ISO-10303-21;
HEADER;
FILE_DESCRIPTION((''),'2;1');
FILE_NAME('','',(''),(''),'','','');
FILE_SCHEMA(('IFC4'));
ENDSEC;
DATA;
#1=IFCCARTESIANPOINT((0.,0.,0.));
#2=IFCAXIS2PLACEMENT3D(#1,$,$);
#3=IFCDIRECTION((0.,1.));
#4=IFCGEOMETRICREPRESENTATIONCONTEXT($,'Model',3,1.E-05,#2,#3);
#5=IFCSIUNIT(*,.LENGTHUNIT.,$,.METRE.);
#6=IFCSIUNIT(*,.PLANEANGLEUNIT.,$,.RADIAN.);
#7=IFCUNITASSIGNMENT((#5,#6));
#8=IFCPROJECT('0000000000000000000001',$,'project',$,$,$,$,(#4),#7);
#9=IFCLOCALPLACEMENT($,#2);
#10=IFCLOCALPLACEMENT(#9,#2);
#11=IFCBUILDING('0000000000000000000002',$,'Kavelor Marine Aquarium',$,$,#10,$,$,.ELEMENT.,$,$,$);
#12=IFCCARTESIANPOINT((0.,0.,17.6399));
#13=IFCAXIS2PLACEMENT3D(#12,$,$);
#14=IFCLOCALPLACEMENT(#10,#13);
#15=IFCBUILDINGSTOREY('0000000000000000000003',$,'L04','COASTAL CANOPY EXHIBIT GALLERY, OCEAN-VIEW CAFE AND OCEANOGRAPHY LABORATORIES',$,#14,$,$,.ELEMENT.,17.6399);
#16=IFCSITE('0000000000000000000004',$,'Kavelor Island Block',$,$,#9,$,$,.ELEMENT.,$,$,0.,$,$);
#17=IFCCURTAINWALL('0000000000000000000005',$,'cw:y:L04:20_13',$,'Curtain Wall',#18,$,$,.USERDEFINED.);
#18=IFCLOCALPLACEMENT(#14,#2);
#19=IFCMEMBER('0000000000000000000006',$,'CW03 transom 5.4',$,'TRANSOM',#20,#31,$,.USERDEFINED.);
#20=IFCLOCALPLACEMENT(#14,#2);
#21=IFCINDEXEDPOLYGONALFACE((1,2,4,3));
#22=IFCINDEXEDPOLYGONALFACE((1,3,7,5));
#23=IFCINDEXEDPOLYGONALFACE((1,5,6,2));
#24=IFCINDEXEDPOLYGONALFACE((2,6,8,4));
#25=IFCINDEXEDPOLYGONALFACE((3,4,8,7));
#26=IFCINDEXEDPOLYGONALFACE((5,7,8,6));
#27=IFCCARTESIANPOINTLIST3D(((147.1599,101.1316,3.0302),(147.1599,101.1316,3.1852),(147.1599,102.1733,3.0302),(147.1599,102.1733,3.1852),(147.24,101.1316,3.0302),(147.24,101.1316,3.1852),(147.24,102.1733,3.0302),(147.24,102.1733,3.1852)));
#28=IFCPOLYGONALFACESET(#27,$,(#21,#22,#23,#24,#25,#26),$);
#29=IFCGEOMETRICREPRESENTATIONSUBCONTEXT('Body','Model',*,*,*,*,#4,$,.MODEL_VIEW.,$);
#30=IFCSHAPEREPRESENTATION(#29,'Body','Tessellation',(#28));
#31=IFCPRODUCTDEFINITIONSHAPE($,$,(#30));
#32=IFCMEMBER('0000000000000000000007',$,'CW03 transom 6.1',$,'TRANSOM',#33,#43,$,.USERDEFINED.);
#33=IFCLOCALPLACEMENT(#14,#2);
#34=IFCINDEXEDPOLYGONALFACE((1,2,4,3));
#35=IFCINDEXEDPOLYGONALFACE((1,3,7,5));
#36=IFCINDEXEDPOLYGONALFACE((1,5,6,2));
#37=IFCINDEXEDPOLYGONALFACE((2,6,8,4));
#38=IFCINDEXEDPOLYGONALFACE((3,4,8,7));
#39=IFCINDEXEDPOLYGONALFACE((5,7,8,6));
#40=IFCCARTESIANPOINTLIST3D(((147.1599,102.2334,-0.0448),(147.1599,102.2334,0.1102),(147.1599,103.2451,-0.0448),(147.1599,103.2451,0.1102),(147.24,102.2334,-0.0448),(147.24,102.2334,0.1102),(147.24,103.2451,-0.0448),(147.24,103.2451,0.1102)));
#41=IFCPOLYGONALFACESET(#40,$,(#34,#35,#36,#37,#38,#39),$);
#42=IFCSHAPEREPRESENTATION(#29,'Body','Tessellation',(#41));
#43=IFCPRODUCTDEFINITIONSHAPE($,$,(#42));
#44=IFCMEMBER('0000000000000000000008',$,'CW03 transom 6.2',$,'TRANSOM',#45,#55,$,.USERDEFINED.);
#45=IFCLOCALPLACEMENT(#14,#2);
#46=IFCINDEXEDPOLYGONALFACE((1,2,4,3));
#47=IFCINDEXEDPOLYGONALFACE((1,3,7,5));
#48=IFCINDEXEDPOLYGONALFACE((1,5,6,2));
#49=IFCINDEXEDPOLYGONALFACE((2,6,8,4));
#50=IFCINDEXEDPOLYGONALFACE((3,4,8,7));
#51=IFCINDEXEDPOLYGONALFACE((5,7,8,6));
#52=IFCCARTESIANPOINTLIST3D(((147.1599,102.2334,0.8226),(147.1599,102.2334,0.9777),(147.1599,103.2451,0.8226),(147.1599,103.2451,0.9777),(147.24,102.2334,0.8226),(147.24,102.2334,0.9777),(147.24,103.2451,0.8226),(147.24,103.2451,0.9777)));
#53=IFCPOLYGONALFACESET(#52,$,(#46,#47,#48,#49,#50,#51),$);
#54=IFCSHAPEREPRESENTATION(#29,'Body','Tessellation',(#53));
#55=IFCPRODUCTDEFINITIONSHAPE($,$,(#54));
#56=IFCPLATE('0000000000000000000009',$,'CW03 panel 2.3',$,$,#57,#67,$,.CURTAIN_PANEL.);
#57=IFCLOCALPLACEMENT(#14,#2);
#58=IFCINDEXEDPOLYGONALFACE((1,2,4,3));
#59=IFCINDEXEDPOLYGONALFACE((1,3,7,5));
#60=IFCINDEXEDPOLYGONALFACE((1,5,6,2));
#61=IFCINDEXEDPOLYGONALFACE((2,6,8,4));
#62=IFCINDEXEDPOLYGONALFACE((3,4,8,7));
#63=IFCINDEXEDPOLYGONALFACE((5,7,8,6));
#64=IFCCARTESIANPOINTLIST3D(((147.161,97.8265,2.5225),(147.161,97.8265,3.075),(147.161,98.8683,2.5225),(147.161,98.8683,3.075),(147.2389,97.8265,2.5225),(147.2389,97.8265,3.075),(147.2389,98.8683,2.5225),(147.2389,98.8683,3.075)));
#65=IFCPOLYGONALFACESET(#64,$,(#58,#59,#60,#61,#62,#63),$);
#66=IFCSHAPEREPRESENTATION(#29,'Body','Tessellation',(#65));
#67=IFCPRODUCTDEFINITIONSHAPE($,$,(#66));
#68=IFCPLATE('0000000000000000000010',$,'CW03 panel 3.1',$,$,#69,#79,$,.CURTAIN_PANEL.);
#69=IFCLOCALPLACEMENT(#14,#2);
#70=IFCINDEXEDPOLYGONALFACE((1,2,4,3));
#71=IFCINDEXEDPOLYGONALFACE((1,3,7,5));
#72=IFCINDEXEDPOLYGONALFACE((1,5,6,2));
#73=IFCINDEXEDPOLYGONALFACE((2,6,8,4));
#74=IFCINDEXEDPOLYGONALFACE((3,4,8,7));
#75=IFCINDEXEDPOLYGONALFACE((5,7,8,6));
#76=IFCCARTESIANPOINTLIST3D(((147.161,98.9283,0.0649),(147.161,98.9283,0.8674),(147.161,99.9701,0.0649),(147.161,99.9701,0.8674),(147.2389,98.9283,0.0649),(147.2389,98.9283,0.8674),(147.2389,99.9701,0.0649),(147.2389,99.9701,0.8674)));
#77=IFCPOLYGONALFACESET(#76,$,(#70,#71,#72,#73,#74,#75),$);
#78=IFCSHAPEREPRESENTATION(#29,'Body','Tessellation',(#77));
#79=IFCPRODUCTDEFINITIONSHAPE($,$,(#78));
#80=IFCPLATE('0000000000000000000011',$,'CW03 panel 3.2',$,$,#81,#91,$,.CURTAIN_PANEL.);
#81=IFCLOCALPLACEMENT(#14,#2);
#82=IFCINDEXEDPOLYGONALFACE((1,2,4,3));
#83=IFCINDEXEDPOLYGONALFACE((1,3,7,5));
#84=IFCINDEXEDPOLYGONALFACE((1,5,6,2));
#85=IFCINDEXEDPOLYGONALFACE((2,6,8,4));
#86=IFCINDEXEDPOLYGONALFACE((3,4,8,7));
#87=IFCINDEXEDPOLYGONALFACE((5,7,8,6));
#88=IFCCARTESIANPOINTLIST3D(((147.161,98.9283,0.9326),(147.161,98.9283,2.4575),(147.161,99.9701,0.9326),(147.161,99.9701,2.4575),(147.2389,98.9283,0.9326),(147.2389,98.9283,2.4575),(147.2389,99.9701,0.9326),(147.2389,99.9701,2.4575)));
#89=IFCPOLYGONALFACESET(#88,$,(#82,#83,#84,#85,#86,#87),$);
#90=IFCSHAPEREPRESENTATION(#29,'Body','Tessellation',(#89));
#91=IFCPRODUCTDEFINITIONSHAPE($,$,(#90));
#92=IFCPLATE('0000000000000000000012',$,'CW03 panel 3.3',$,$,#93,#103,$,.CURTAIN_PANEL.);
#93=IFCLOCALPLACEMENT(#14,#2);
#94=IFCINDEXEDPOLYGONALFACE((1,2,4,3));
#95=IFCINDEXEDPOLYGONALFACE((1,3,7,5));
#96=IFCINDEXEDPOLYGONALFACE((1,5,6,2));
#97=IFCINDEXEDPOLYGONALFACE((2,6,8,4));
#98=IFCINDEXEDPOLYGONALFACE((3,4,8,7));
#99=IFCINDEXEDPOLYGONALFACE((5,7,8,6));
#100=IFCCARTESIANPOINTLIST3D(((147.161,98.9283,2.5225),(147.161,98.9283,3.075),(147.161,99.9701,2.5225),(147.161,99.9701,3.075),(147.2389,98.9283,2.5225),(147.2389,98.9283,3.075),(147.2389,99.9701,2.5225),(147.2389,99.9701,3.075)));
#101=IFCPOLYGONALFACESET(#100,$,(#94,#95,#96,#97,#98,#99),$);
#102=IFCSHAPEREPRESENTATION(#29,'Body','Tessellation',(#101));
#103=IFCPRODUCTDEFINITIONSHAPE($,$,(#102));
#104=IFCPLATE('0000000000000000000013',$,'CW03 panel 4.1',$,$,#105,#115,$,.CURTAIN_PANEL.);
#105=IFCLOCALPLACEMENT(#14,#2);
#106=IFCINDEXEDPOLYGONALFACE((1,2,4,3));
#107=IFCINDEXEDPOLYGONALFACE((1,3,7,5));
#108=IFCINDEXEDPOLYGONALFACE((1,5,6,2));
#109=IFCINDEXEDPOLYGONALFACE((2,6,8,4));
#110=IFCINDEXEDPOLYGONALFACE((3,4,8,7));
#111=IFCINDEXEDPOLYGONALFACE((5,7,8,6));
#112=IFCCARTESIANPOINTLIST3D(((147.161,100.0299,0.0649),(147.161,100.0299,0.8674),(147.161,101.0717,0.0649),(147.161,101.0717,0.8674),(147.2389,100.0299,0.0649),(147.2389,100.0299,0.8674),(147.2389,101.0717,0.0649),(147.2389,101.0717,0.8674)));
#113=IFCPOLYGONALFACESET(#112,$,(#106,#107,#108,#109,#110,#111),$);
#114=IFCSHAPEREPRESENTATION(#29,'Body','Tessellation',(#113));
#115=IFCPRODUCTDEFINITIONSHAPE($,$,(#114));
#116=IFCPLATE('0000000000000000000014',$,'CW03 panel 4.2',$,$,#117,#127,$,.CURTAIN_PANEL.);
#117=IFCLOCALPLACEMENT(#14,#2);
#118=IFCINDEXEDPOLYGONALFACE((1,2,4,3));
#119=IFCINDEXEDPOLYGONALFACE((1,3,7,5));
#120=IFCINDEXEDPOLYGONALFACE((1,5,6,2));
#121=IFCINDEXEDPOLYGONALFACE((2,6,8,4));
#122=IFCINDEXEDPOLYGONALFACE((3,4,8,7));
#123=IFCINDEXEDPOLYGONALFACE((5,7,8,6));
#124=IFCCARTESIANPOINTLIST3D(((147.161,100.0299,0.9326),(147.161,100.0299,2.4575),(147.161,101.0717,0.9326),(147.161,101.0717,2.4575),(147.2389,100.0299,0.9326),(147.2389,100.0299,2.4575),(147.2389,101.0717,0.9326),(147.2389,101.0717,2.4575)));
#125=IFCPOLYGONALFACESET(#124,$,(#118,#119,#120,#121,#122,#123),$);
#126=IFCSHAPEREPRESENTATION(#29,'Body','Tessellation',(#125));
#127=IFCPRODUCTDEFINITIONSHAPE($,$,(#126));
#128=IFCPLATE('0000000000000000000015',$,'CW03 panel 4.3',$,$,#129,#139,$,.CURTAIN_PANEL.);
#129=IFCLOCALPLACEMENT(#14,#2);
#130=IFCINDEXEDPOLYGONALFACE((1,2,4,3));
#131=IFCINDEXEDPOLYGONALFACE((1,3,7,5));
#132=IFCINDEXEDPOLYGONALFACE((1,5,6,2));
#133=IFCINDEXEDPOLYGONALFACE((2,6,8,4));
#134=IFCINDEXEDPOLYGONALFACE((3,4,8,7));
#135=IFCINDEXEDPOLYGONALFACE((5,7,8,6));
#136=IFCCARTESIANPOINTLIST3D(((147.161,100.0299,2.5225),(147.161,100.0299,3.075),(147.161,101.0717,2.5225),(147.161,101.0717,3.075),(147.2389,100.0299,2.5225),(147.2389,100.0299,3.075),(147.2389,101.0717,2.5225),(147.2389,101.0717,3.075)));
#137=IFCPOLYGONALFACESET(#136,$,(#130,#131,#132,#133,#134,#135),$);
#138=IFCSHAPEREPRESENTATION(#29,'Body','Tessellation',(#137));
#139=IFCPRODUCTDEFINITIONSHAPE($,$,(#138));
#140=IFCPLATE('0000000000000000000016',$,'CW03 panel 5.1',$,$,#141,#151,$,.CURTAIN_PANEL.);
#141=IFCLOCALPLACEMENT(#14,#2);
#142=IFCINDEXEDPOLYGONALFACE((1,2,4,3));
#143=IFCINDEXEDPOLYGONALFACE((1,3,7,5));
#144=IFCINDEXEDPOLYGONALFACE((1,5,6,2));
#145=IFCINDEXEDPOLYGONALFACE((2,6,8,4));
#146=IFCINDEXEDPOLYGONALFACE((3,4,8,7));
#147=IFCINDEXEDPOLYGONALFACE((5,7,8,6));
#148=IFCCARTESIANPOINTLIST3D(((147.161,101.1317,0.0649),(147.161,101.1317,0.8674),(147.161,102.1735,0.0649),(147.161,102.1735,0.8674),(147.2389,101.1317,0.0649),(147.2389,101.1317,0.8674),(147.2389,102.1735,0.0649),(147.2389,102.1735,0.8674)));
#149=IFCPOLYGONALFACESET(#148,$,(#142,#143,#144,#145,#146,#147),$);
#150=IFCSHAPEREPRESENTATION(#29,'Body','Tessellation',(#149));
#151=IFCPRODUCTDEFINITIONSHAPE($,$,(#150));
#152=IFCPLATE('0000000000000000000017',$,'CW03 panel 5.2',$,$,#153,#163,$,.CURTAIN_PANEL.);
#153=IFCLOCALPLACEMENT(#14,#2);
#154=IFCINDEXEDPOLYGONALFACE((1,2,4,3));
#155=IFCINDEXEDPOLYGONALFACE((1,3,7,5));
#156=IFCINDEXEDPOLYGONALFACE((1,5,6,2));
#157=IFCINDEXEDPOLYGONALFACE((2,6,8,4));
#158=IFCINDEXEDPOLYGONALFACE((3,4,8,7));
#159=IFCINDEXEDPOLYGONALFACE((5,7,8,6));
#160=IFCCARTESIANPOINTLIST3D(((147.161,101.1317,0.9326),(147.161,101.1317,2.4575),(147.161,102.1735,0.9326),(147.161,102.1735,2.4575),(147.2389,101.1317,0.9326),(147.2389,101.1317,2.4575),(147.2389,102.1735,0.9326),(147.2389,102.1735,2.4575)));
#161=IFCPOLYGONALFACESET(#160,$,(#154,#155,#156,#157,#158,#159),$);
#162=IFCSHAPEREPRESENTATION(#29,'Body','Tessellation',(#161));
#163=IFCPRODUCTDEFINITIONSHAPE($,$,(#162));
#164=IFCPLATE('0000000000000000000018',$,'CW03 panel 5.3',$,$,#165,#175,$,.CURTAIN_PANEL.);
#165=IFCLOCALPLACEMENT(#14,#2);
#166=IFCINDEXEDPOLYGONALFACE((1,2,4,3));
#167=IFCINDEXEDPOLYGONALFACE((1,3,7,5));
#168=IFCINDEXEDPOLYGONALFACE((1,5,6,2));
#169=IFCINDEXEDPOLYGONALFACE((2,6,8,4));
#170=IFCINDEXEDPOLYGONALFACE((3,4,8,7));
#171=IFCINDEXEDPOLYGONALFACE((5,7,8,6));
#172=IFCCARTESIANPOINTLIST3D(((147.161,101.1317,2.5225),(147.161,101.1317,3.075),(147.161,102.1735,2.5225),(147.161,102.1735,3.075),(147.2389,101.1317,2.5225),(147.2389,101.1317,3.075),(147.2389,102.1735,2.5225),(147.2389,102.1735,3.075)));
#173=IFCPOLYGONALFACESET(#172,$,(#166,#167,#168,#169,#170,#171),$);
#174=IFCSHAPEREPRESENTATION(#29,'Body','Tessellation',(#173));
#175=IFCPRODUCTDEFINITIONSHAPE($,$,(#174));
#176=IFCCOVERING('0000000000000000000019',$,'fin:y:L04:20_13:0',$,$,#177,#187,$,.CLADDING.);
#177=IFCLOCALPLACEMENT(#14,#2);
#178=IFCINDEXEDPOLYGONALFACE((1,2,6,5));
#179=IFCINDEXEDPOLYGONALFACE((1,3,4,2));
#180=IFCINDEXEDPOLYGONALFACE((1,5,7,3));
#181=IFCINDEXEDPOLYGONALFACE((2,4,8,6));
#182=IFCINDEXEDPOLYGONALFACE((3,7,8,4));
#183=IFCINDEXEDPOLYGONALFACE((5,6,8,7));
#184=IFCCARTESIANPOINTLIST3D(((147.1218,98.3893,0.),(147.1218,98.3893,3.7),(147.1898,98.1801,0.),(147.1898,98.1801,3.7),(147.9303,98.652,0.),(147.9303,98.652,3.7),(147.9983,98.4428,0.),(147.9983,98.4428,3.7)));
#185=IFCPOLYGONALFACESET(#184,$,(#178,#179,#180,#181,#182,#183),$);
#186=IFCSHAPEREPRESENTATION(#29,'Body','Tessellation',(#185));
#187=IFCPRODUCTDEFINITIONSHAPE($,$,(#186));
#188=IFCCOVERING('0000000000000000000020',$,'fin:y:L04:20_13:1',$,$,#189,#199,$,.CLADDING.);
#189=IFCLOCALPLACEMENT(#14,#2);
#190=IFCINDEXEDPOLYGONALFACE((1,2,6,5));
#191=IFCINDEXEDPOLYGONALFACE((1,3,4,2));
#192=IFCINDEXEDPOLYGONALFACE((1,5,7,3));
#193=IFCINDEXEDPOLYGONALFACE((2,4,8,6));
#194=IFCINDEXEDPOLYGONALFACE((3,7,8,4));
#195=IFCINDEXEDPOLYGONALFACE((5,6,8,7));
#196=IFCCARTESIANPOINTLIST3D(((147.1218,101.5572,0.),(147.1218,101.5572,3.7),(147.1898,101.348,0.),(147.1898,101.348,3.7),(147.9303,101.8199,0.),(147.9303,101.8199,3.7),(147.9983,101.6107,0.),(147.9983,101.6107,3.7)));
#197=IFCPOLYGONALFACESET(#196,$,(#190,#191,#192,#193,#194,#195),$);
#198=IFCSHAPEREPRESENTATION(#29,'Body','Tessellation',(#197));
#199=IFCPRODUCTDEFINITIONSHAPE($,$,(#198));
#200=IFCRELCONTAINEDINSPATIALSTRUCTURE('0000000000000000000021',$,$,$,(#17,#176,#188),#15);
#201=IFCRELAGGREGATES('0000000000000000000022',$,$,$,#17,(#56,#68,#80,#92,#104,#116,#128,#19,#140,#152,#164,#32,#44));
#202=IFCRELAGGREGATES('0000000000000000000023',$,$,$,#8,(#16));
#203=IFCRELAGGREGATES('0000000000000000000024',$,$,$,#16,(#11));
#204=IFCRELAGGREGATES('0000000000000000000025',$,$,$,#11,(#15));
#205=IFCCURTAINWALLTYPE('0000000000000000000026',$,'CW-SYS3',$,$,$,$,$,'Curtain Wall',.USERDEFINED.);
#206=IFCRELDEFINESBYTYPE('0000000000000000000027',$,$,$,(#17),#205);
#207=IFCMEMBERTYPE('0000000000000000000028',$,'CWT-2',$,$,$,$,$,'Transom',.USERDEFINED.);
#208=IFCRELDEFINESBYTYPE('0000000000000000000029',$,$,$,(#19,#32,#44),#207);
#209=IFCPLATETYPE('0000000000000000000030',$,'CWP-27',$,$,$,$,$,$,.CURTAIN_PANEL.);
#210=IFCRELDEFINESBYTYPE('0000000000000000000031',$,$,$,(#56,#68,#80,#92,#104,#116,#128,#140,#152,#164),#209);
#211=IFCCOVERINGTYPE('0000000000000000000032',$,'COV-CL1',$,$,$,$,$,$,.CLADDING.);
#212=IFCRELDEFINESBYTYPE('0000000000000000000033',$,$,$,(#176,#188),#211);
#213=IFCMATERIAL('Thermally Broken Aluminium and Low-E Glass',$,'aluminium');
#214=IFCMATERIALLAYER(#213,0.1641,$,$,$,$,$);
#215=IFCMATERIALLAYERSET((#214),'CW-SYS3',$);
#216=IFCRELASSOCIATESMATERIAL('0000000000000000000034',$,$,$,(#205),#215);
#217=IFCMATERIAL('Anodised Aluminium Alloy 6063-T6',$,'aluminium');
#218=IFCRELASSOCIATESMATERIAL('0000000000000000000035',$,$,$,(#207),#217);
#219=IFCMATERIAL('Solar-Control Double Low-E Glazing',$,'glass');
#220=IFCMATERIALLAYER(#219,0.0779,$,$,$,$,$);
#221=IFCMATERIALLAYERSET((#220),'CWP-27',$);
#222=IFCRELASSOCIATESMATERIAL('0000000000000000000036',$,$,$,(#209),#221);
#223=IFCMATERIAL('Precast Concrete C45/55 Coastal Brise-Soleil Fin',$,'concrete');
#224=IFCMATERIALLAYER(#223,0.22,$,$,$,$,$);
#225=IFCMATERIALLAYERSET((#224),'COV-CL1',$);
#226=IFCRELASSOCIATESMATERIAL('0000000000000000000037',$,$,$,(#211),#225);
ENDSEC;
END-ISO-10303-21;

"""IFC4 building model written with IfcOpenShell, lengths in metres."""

from ifc_helpers import new_model, si_unit, direction, frame, origin, origin_2d, place, context, subcontext, project, spatial, rectangle, extrude, material, layer, layer_set, material_profile, profile_set, type_object, element, aggregate, save


model = new_model("IFC4")

# Units and contexts
model_context = context("Model", 3, precision=1e-05, world=origin(), true_north=direction((0.0, 1.0)))
body_context = subcontext(model_context, "Body", "Model", "MODEL_VIEW")
ifc_project = project(units=[si_unit("LENGTHUNIT", "METRE"), si_unit("PLANEANGLEUNIT", "RADIAN")], contexts=[model_context])

# Site, building, storey
site_placement = place(None, origin())
site = spatial("IfcSite", under=ifc_project, at=site_placement, Name="Kavelor Island Block", CompositionType="ELEMENT", RefElevation=0.0)
building_placement = place(site_placement, origin())
building = spatial("IfcBuilding", under=site, at=building_placement, Name="Kavelor Marine Aquarium", CompositionType="ELEMENT")
storey_placement = place(building_placement, frame((0.0, 0.0, 17.6399)))
storey = spatial("IfcBuildingStorey", under=building, at=storey_placement, Name="L04", Description="COASTAL CANOPY EXHIBIT GALLERY, OCEAN-VIEW CAFE AND OCEANOGRAPHY LABORATORIES", CompositionType="ELEMENT", Elevation=17.6399)

# Curtain wall, members, plates
ifc_material_1 = material(Name="Thermally Broken Aluminium and Low-E Glass", Category="aluminium")
ifc_layer_1 = layer(ifc_material_1, 0.1641)
ifc_layer_set_1 = layer_set([ifc_layer_1], Name="CW-SYS3")
curtain_wall_type = type_object("IfcCurtainWallType", Name="CW-SYS3", ElementType="Curtain Wall", PredefinedType="USERDEFINED", material=ifc_layer_set_1)
curtain_wall_placement = place(storey_placement, origin())
curtain_wall = element("IfcCurtainWall", 1, at=curtain_wall_placement, inside=storey, type_object=curtain_wall_type, Name="cw:y:L04:20_13", ObjectType="Curtain Wall", PredefinedType="USERDEFINED")
ifc_material_2 = material(Name="Anodised Aluminium Alloy 6063-T6", Category="aluminium")
ifc_material_profile_1 = material_profile(ifc_material_2, rectangle(XDim=0.0801, YDim=0.155, at=origin_2d()), Name="CW-TRN 80x155")
ifc_profile_set_1 = profile_set([ifc_material_profile_1], Name="Anodised Aluminium Alloy 6063-T6")
member_type_1 = type_object("IfcMemberType", Name="CWT-2", ElementType="Transom", PredefinedType="USERDEFINED", material=ifc_profile_set_1)
member_1_placement = place(storey_placement, frame((147.2, 101.1316, 3.1077), z_axis=(0.0, 1.0, 0.0), x_axis=(-1.0, 0.0, 0.0)))
member_1 = element("IfcMember", 2, at=member_1_placement, type_object=member_type_1, Name="CW03 transom 5.4", ObjectType="TRANSOM", PredefinedType="USERDEFINED", context=body_context, shape_type="SweptSolid", body=[
    extrude(rectangle(XDim=0.0801, YDim=0.155, at=origin_2d()), origin(), (0.0, 0.0, 1.0), 1.0417),
])
member_2_placement = place(storey_placement, frame((147.2, 102.2334, 0.0327), z_axis=(0.0, 1.0, 0.0), x_axis=(-1.0, 0.0, 0.0)))
member_2 = element("IfcMember", 3, at=member_2_placement, type_object=member_type_1, Name="CW03 transom 6.1", ObjectType="TRANSOM", PredefinedType="USERDEFINED", context=body_context, shape_type="SweptSolid", body=[
    extrude(rectangle(XDim=0.0801, YDim=0.155, at=origin_2d()), origin(), (0.0, 0.0, 1.0), 1.0117),
])
member_3_placement = place(storey_placement, frame((147.2, 102.2334, 0.9001), z_axis=(0.0, 1.0, 0.0), x_axis=(-1.0, 0.0, 0.0)))
member_3 = element("IfcMember", 4, at=member_3_placement, type_object=member_type_1, Name="CW03 transom 6.2", ObjectType="TRANSOM", PredefinedType="USERDEFINED", context=body_context, shape_type="SweptSolid", body=[
    extrude(rectangle(XDim=0.0801, YDim=0.155, at=origin_2d()), origin(), (0.0, 0.0, 1.0), 1.0117),
])
ifc_material_3 = material(Name="Solar-Control Double Low-E Glazing", Category="glass")
ifc_layer_2 = layer(ifc_material_3, 0.0779)
ifc_layer_set_2 = layer_set([ifc_layer_2], Name="CWP-27")
plate_type = type_object("IfcPlateType", Name="CWP-27", PredefinedType="CURTAIN_PANEL", material=ifc_layer_set_2)
plate_1_placement = place(storey_placement, frame((147.2, 98.3474, 2.5225), z_axis=(0.0, 0.0, 1.0), x_axis=(0.0, 1.0, 0.0)))
plate_1 = element("IfcPlate", 5, at=plate_1_placement, type_object=plate_type, Name="CW03 panel 2.3", PredefinedType="CURTAIN_PANEL", context=body_context, shape_type="SweptSolid", body=[
    extrude(rectangle(XDim=1.0417, YDim=0.0779, at=origin_2d()), origin(), (0.0, 0.0, 1.0), 0.5525),
])
plate_2_placement = place(storey_placement, frame((147.2, 99.4492, 0.0649), z_axis=(0.0, 0.0, 1.0), x_axis=(0.0, 1.0, 0.0)))
plate_2 = element("IfcPlate", 6, at=plate_2_placement, type_object=plate_type, Name="CW03 panel 3.1", PredefinedType="CURTAIN_PANEL", context=body_context, shape_type="SweptSolid", body=[
    extrude(rectangle(XDim=1.0417, YDim=0.0779, at=origin_2d()), origin(), (0.0, 0.0, 1.0), 0.8025),
])
plate_3_placement = place(storey_placement, frame((147.2, 99.4492, 0.9326), z_axis=(0.0, 0.0, 1.0), x_axis=(0.0, 1.0, 0.0)))
plate_3 = element("IfcPlate", 7, at=plate_3_placement, type_object=plate_type, Name="CW03 panel 3.2", PredefinedType="CURTAIN_PANEL", context=body_context, shape_type="SweptSolid", body=[
    extrude(rectangle(XDim=1.0417, YDim=0.0779, at=origin_2d()), origin(), (0.0, 0.0, 1.0), 1.5249),
])
plate_4_placement = place(storey_placement, frame((147.2, 99.4492, 2.5225), z_axis=(0.0, 0.0, 1.0), x_axis=(0.0, 1.0, 0.0)))
plate_4 = element("IfcPlate", 8, at=plate_4_placement, type_object=plate_type, Name="CW03 panel 3.3", PredefinedType="CURTAIN_PANEL", context=body_context, shape_type="SweptSolid", body=[
    extrude(rectangle(XDim=1.0417, YDim=0.0779, at=origin_2d()), origin(), (0.0, 0.0, 1.0), 0.5525),
])
plate_5_placement = place(storey_placement, frame((147.2, 100.5508, 0.0649), z_axis=(0.0, 0.0, 1.0), x_axis=(0.0, 1.0, 0.0)))
plate_5 = element("IfcPlate", 9, at=plate_5_placement, type_object=plate_type, Name="CW03 panel 4.1", PredefinedType="CURTAIN_PANEL", context=body_context, shape_type="SweptSolid", body=[
    extrude(rectangle(XDim=1.0417, YDim=0.0779, at=origin_2d()), origin(), (0.0, 0.0, 1.0), 0.8025),
])
plate_6_placement = place(storey_placement, frame((147.2, 100.5508, 0.9326), z_axis=(0.0, 0.0, 1.0), x_axis=(0.0, 1.0, 0.0)))
plate_6 = element("IfcPlate", 10, at=plate_6_placement, type_object=plate_type, Name="CW03 panel 4.2", PredefinedType="CURTAIN_PANEL", context=body_context, shape_type="SweptSolid", body=[
    extrude(rectangle(XDim=1.0417, YDim=0.0779, at=origin_2d()), origin(), (0.0, 0.0, 1.0), 1.5249),
])
plate_7_placement = place(storey_placement, frame((147.2, 100.5508, 2.5225), z_axis=(0.0, 0.0, 1.0), x_axis=(0.0, 1.0, 0.0)))
plate_7 = element("IfcPlate", 11, at=plate_7_placement, type_object=plate_type, Name="CW03 panel 4.3", PredefinedType="CURTAIN_PANEL", context=body_context, shape_type="SweptSolid", body=[
    extrude(rectangle(XDim=1.0417, YDim=0.0779, at=origin_2d()), origin(), (0.0, 0.0, 1.0), 0.5525),
])
plate_8_placement = place(storey_placement, frame((147.2, 101.6526, 0.0649), z_axis=(0.0, 0.0, 1.0), x_axis=(0.0, 1.0, 0.0)))
plate_8 = element("IfcPlate", 12, at=plate_8_placement, type_object=plate_type, Name="CW03 panel 5.1", PredefinedType="CURTAIN_PANEL", context=body_context, shape_type="SweptSolid", body=[
    extrude(rectangle(XDim=1.0417, YDim=0.0779, at=origin_2d()), origin(), (0.0, 0.0, 1.0), 0.8025),
])
plate_9_placement = place(storey_placement, frame((147.2, 101.6526, 0.9326), z_axis=(0.0, 0.0, 1.0), x_axis=(0.0, 1.0, 0.0)))
plate_9 = element("IfcPlate", 13, at=plate_9_placement, type_object=plate_type, Name="CW03 panel 5.2", PredefinedType="CURTAIN_PANEL", context=body_context, shape_type="SweptSolid", body=[
    extrude(rectangle(XDim=1.0417, YDim=0.0779, at=origin_2d()), origin(), (0.0, 0.0, 1.0), 1.5249),
])
plate_10_placement = place(storey_placement, frame((147.2, 101.6526, 2.5225), z_axis=(0.0, 0.0, 1.0), x_axis=(0.0, 1.0, 0.0)))
plate_10 = element("IfcPlate", 14, at=plate_10_placement, type_object=plate_type, Name="CW03 panel 5.3", PredefinedType="CURTAIN_PANEL", context=body_context, shape_type="SweptSolid", body=[
    extrude(rectangle(XDim=1.0417, YDim=0.0779, at=origin_2d()), origin(), (0.0, 0.0, 1.0), 0.5525),
])
aggregate(curtain_wall, [plate_1, plate_2, plate_3, plate_4, plate_5, plate_6, plate_7, member_1, plate_8, plate_9, plate_10, member_2, member_3])

# Coverings
ifc_material_4 = material(Name="Precast Concrete C45/55 Coastal Brise-Soleil Fin", Category="concrete")
ifc_layer_3 = layer(ifc_material_4, 0.22)
ifc_layer_set_3 = layer_set([ifc_layer_3], Name="COV-CL1")
covering_type = type_object("IfcCoveringType", Name="COV-CL1", PredefinedType="CLADDING", material=ifc_layer_set_3)
for number, where, z_axis, x_axis, name in (
    (15, (147.5601, 98.416, 0.0), (0.0, 0.0, 1.0), (0.951057, 0.309017, 0.0), "fin:y:L04:20_13:0"),
    (16, (147.5601, 101.584, 0.0), (0.0, 0.0, 1.0), (0.951057, 0.309017, 0.0), "fin:y:L04:20_13:1"),
):
    element("IfcCovering", number, at=place(storey_placement, frame(where, z_axis=z_axis, x_axis=x_axis)), inside=storey, type_object=covering_type, Name=name, PredefinedType="CLADDING", context=body_context, shape_type="SweptSolid", body=[
        extrude(rectangle(XDim=0.8501, YDim=0.22, at=origin_2d()), origin(), (0.0, 0.0, 1.0), 3.7),
    ])

save(model, "model.ifc")
